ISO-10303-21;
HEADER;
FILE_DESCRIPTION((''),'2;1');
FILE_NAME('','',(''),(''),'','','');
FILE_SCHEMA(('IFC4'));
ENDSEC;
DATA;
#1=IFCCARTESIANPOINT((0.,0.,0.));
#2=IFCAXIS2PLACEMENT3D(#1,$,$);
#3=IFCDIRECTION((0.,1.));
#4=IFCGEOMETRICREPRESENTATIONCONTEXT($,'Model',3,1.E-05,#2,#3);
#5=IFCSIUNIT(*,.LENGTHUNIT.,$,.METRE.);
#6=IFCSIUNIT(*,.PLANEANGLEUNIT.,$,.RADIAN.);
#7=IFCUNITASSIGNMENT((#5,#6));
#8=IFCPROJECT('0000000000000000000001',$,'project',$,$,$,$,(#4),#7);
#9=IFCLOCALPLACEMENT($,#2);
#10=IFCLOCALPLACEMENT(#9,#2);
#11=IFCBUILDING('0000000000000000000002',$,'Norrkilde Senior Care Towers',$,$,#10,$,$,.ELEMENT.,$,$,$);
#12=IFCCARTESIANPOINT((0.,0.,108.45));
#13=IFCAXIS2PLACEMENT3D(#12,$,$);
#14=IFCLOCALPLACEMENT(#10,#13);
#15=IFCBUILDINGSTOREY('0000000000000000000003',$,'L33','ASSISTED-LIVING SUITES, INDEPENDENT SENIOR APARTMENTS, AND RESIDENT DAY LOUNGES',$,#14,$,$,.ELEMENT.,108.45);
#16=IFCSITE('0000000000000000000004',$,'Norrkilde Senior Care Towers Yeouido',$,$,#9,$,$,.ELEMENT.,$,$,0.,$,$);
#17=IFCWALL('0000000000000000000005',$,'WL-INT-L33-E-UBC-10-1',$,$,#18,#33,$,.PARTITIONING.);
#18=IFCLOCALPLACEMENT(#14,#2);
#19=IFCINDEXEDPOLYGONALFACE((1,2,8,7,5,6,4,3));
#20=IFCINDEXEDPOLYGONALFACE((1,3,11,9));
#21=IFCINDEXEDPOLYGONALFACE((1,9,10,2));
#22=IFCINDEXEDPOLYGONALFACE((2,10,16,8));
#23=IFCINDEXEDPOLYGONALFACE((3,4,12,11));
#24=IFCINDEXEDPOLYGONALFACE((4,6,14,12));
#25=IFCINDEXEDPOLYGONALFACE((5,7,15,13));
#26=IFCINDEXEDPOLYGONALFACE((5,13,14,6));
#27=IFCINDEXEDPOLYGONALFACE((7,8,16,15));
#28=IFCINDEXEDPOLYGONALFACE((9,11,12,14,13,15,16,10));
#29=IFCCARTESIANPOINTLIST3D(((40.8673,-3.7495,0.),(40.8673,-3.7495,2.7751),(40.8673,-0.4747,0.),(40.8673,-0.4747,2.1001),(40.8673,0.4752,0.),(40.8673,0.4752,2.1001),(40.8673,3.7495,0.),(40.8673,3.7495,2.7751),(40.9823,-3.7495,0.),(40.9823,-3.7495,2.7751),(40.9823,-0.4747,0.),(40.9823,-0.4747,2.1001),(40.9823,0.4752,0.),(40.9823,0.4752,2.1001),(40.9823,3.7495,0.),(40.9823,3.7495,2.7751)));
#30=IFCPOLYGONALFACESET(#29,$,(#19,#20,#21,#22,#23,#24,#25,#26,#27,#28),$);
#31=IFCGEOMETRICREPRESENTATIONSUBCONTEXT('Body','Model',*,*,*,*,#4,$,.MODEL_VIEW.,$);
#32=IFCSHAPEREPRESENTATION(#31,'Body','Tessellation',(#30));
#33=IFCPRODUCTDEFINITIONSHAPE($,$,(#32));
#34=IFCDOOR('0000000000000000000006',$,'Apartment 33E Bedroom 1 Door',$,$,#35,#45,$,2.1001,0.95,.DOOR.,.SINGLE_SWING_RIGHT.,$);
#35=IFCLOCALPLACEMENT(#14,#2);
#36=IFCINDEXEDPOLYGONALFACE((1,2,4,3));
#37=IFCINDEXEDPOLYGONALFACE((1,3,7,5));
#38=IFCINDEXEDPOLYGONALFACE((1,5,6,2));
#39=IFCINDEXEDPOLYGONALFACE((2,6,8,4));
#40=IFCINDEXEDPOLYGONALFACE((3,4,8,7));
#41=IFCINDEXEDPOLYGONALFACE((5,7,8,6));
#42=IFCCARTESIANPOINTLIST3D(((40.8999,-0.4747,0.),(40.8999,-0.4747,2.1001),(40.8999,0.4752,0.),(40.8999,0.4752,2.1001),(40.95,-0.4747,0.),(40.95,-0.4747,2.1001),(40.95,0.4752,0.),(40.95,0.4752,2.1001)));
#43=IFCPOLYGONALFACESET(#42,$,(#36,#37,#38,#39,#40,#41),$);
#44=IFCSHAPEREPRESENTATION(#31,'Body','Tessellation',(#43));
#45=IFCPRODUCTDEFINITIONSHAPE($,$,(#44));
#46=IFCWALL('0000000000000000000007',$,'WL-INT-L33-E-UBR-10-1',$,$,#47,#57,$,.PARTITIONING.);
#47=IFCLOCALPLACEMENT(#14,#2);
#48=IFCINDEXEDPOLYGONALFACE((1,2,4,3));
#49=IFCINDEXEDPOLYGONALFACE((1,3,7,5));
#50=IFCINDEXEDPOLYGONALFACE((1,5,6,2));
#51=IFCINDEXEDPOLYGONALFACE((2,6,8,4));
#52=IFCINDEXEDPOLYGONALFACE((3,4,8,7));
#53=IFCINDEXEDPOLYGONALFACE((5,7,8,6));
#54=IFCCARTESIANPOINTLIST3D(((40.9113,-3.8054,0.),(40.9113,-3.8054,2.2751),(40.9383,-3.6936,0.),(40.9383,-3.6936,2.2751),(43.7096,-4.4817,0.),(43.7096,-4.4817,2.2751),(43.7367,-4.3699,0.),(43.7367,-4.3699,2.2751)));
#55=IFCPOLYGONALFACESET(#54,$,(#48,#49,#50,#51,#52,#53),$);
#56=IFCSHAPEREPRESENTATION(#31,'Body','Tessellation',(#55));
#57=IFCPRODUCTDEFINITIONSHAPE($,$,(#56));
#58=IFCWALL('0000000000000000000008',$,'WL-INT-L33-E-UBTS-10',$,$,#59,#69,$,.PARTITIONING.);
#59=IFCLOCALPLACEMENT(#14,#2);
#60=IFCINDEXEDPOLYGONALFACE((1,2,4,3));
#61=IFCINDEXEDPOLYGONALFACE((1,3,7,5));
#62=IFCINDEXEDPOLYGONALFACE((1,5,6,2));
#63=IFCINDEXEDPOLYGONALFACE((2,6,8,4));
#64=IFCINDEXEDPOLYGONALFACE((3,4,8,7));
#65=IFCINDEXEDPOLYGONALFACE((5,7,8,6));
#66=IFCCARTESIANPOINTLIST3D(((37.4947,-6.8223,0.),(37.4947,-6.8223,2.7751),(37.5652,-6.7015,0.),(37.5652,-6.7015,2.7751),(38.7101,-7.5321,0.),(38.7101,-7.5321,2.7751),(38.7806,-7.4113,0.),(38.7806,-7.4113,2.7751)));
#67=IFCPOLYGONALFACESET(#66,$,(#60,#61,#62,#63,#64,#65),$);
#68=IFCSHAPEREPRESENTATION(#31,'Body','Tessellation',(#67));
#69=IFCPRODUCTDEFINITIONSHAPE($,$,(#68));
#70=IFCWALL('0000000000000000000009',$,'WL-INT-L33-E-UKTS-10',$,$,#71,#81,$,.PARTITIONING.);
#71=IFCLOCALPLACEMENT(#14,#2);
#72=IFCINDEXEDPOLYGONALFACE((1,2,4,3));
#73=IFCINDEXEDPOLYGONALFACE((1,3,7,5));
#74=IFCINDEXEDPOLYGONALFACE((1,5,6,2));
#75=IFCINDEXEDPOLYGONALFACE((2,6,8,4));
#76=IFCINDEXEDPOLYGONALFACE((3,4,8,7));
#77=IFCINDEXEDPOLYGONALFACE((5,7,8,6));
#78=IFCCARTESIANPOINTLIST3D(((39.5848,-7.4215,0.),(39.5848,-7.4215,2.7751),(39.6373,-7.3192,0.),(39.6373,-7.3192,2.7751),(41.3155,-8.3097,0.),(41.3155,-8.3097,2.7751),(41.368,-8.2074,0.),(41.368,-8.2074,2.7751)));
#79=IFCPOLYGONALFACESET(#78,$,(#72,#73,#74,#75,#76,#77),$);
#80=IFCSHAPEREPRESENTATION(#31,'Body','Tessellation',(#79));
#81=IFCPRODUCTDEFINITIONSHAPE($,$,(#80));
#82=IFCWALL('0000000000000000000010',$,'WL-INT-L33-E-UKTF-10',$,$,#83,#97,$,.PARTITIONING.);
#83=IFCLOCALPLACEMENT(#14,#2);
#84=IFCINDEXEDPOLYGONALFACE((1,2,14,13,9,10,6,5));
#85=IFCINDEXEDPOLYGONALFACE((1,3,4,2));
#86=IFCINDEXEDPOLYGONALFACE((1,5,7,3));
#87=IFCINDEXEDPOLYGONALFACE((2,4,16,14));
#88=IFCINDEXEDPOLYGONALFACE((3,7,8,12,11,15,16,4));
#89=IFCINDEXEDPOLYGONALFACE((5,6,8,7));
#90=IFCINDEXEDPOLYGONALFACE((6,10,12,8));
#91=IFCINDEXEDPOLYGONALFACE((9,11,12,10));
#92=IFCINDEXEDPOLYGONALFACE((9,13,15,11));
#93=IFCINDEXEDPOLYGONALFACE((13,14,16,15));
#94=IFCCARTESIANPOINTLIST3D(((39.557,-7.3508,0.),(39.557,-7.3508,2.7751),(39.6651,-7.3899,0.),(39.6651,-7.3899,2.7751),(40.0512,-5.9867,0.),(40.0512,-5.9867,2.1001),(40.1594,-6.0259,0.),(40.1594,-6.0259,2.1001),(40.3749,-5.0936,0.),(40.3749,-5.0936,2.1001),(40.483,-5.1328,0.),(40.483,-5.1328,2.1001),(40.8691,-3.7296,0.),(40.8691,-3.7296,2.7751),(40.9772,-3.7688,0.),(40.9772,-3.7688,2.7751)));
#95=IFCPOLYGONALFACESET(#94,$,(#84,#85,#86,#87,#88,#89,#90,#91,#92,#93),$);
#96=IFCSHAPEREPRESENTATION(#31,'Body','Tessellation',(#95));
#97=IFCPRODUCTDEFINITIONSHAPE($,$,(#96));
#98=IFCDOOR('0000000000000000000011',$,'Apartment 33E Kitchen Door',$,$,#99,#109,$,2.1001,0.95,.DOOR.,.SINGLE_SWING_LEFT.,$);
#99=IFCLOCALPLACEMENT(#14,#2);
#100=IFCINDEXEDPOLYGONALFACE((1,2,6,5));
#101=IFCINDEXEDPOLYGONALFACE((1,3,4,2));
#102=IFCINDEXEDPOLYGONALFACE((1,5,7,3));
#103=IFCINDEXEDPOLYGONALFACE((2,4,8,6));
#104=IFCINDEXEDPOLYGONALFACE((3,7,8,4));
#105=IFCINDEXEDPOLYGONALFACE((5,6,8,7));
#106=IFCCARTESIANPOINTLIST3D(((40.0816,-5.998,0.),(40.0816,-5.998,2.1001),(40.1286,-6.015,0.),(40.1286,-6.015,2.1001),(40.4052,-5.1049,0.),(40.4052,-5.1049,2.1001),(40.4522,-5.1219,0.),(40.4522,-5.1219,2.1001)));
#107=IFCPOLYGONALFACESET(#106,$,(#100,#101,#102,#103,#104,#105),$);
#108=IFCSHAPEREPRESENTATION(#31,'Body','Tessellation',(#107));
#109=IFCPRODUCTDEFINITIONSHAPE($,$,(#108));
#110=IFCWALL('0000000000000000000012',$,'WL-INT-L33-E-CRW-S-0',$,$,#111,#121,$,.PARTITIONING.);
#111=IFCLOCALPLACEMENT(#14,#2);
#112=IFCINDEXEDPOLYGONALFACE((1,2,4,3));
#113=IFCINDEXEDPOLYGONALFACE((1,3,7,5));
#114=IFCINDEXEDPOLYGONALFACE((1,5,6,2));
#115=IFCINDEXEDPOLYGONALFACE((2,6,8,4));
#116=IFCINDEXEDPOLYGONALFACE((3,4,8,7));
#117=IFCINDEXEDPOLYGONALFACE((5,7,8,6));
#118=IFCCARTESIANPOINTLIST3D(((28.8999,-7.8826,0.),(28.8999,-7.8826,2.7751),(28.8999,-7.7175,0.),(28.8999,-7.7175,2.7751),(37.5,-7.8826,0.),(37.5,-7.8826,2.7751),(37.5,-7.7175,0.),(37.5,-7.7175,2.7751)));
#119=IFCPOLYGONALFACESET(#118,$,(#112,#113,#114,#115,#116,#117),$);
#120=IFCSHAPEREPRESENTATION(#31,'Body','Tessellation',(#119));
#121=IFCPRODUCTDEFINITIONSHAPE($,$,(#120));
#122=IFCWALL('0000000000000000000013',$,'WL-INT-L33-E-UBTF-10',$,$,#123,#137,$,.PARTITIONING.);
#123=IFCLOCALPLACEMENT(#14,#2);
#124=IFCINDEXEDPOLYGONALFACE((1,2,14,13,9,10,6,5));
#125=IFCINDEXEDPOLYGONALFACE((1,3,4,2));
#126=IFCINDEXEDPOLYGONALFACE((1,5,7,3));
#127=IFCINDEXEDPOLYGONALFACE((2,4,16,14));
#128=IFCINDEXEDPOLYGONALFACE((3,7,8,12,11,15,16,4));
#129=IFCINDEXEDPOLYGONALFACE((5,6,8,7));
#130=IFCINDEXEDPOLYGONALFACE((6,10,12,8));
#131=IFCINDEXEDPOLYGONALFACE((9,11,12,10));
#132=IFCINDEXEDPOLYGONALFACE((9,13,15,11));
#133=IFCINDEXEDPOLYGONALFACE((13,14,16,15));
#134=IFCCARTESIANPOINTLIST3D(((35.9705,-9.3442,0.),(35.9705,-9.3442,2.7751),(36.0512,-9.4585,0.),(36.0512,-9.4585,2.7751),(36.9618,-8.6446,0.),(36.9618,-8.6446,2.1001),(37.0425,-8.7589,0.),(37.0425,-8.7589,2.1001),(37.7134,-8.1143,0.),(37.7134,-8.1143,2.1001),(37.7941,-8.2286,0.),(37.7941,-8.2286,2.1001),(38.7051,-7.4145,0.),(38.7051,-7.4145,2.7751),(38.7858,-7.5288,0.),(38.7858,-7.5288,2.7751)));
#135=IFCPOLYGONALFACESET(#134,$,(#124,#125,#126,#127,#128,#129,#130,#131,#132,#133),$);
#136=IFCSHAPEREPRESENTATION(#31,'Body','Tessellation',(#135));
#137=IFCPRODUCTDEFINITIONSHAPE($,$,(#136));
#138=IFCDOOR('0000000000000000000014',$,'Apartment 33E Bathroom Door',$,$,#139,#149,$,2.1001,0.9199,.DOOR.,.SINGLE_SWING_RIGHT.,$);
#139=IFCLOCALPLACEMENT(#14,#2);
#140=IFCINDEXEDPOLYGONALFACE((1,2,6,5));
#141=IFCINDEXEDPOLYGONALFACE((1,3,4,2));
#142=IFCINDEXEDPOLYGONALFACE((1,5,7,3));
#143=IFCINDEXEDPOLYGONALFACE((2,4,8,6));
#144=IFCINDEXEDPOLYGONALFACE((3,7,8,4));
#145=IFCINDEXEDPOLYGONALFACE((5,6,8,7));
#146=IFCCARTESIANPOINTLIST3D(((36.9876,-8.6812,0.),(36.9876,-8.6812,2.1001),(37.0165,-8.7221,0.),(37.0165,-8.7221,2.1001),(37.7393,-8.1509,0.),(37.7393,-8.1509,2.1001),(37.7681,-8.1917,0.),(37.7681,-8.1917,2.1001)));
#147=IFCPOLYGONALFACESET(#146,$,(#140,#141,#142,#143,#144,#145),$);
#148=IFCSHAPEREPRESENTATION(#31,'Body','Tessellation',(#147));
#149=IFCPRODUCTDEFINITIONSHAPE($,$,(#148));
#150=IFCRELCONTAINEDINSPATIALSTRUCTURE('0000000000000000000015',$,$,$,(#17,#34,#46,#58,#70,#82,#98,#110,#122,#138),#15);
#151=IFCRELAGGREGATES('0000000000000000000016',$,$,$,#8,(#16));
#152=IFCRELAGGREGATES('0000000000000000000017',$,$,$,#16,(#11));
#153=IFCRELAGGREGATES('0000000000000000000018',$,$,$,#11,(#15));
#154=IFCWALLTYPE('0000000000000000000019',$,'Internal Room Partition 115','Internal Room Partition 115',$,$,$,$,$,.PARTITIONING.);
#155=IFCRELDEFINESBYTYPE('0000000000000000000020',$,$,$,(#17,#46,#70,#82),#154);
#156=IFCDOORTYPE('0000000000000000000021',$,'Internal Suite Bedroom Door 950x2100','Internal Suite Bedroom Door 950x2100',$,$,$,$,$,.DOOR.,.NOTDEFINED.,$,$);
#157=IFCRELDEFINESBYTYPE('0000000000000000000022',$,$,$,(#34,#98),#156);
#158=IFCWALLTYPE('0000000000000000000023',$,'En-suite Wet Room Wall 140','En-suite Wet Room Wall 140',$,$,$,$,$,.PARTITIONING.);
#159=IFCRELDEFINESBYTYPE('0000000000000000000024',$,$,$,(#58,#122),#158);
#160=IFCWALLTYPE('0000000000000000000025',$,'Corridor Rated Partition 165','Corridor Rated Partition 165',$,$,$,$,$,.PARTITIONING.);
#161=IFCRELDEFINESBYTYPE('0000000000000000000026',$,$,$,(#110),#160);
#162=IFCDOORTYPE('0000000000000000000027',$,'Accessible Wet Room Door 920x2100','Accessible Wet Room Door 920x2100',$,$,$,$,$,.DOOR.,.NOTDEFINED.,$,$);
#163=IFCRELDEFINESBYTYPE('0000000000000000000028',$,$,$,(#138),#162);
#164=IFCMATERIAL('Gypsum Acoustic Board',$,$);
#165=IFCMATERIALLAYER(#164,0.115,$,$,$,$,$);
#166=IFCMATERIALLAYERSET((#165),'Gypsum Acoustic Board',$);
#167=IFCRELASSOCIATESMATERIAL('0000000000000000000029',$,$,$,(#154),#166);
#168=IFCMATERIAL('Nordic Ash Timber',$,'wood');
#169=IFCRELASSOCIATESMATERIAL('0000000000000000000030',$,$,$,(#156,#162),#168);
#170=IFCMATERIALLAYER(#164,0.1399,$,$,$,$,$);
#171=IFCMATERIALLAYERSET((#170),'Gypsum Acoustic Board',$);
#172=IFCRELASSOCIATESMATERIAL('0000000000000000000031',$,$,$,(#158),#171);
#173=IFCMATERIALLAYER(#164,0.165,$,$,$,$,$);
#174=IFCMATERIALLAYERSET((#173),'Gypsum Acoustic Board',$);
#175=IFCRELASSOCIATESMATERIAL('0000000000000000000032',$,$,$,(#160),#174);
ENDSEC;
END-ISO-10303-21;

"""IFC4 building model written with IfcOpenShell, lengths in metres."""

from ifc_helpers import new_model, si_unit, direction, frame, frame_2d, origin, place, context, subcontext, project, spatial, rectangle, extrude, source, transform, mapped, material, layer, layer_set, type_object, type_shapes, element, fill, save


model = new_model("IFC4")

# Units and contexts
model_context = context("Model", 3, precision=1e-05, world=origin(), true_north=direction((0.0, 1.0)))
body_context = subcontext(model_context, "Body", "Model", "MODEL_VIEW")
ifc_project = project(units=[si_unit("LENGTHUNIT", "METRE"), si_unit("PLANEANGLEUNIT", "RADIAN")], contexts=[model_context])

# Site, building, storey
site_placement = place(None, origin())
site = spatial("IfcSite", under=ifc_project, at=site_placement, Name="Norrkilde Senior Care Towers Yeouido", CompositionType="ELEMENT", RefElevation=0.0)
building_placement = place(site_placement, origin())
building = spatial("IfcBuilding", under=site, at=building_placement, Name="Norrkilde Senior Care Towers", CompositionType="ELEMENT")
storey_placement = place(building_placement, frame((0.0, 0.0, 108.45)))
storey = spatial("IfcBuildingStorey", under=building, at=storey_placement, Name="L33", Description="ASSISTED-LIVING SUITES, INDEPENDENT SENIOR APARTMENTS, AND RESIDENT DAY LOUNGES", CompositionType="ELEMENT", Elevation=108.45)

# Wall, opening, door
ifc_material_1 = material(Name="Gypsum Acoustic Board")
ifc_layer_1 = layer(ifc_material_1, 0.115)
ifc_layer_set_1 = layer_set([ifc_layer_1], Name="Gypsum Acoustic Board")
wall_type_1 = type_object("IfcWallType", Name="Internal Room Partition 115", Description="Internal Room Partition 115", PredefinedType="PARTITIONING", material=ifc_layer_set_1)
shared_shape_1 = source(origin(), body_context, "Body", "SweptSolid", [
    extrude(rectangle(XDim=7.499, YDim=0.115, at=frame_2d((3.7495, 0.0))), origin(), (0.0, 0.0, 1.0), 2.7751),
])
wall_1_placement = place(storey_placement, frame((40.9248, -3.7495, 0.0), z_axis=(0.0, 0.0, 1.0), x_axis=(0.0, 1.0, 0.0)))
wall_1 = element("IfcWall", 1, at=wall_1_placement, inside=storey, type_object=wall_type_1, Name="WL-INT-L33-E-UBC-10-1", PredefinedType="PARTITIONING", context=body_context, shape_type="MappedRepresentation", body=[
    mapped(shared_shape_1, transform((0.0, 0.0, 0.0), x_axis=(1.0, 0.0, 0.0), y_axis=(0.0, 1.0, 0.0), z_axis=(0.0, 0.0, 1.0), scale=1.0)),
])
opening_1_placement = place(wall_1_placement, frame((3.2747, 0.0, 0.0)))
opening_1 = element("IfcOpeningElement", 2, at=opening_1_placement, cuts=wall_1, PredefinedType="OPENING", context=body_context, shape_type="SweptSolid", body=[
    extrude(rectangle(XDim=0.95, YDim=2.1001, at=frame_2d((0.4751, 1.05))), frame((0.0, 0.0674, 0.0), z_axis=(0.0, -1.0, 0.0), x_axis=(1.0, 0.0, 0.0)), (0.0, 0.0, 1.0), 0.135),
])
ifc_material_2 = material(Name="Nordic Ash Timber", Category="wood")
door_type_1 = type_object("IfcDoorType", Name="Internal Suite Bedroom Door 950x2100", Description="Internal Suite Bedroom Door 950x2100", OperationType="NOTDEFINED", PredefinedType="DOOR", material=ifc_material_2)
shared_shape_2 = source(origin(), body_context, "Body", "SweptSolid", [
    extrude(rectangle(XDim=0.95, YDim=2.1001, at=frame_2d((0.4751, 1.05))), frame((0.0, 0.0249, 0.0), z_axis=(0.0, -1.0, 0.0), x_axis=(1.0, 0.0, 0.0)), (0.0, 0.0, 1.0), 0.05),
])
type_shapes(door_type_1, [shared_shape_2])
door_1_placement = place(opening_1_placement, origin())
door_1 = element("IfcDoor", 3, at=door_1_placement, inside=storey, type_object=door_type_1, Name="Apartment 33E Bedroom 1 Door", OperationType="SINGLE_SWING_RIGHT", OverallHeight=2.1001, OverallWidth=0.95, PredefinedType="DOOR", context=body_context, shape_type="MappedRepresentation", body=[
    mapped(shared_shape_2, transform((0.0, 0.0, 0.0), x_axis=(1.0, 0.0, 0.0), y_axis=(0.0, 1.0, 0.0), z_axis=(0.0, 0.0, 1.0), scale=1.0)),
])
fill(opening_1, door_1)

# Walls
shared_shape_3 = source(origin(), body_context, "Body", "SweptSolid", [
    extrude(rectangle(XDim=2.8789, YDim=0.115, at=frame_2d((1.4395, 0.0))), origin(), (0.0, 0.0, 1.0), 2.2751),
])
wall_2_placement = place(storey_placement, frame((40.9248, -3.7495, 0.0), z_axis=(0.0, 0.0, 1.0), x_axis=(0.972018, -0.234906, 0.0)))
element("IfcWall", 4, at=wall_2_placement, inside=storey, type_object=wall_type_1, Name="WL-INT-L33-E-UBR-10-1", PredefinedType="PARTITIONING", context=body_context, shape_type="MappedRepresentation", body=[
    mapped(shared_shape_3, transform((0.0, 0.0, 0.0), x_axis=(1.0, 0.0, 0.0), y_axis=(0.0, 1.0, 0.0), z_axis=(0.0, 0.0, 1.0), scale=1.0)),
])
ifc_layer_2 = layer(ifc_material_1, 0.1399)
ifc_layer_set_2 = layer_set([ifc_layer_2], Name="Gypsum Acoustic Board")
wall_type_2 = type_object("IfcWallType", Name="En-suite Wet Room Wall 140", Description="En-suite Wet Room Wall 140", PredefinedType="PARTITIONING", material=ifc_layer_set_2)
shared_shape_4 = source(origin(), body_context, "Body", "SweptSolid", [
    extrude(rectangle(XDim=1.4075, YDim=0.1399, at=frame_2d((0.7036, 0.0))), origin(), (0.0, 0.0, 1.0), 2.7751),
])
wall_3_placement = place(storey_placement, frame((37.53, -6.762, 0.0), z_axis=(0.0, 0.0, 1.0), x_axis=(0.86354, -0.504281, 0.0)))
element("IfcWall", 5, at=wall_3_placement, inside=storey, type_object=wall_type_2, Name="WL-INT-L33-E-UBTS-10", PredefinedType="PARTITIONING", context=body_context, shape_type="MappedRepresentation", body=[
    mapped(shared_shape_4, transform((0.0, 0.0, 0.0), x_axis=(1.0, 0.0, 0.0), y_axis=(0.0, 1.0, 0.0), z_axis=(0.0, 0.0, 1.0), scale=1.0)),
])
shared_shape_5 = source(origin(), body_context, "Body", "SweptSolid", [
    extrude(rectangle(XDim=1.9453, YDim=0.115, at=frame_2d((0.9727, 0.0))), origin(), (0.0, 0.0, 1.0), 2.7751),
])
wall_4_placement = place(storey_placement, frame((39.6111, -7.3704, 0.0), z_axis=(0.0, 0.0, 1.0), x_axis=(0.889684, -0.456577, 0.0)))
element("IfcWall", 6, at=wall_4_placement, inside=storey, type_object=wall_type_1, Name="WL-INT-L33-E-UKTS-10", PredefinedType="PARTITIONING", context=body_context, shape_type="MappedRepresentation", body=[
    mapped(shared_shape_5, transform((0.0, 0.0, 0.0), x_axis=(1.0, 0.0, 0.0), y_axis=(0.0, 1.0, 0.0), z_axis=(0.0, 0.0, 1.0), scale=1.0)),
])

# Wall, opening, door
shared_shape_6 = source(origin(), body_context, "Body", "SweptSolid", [
    extrude(rectangle(XDim=3.8516, YDim=0.115, at=frame_2d((1.9258, 0.0))), origin(), (0.0, 0.0, 1.0), 2.7751),
])
type_shapes(wall_type_1, [shared_shape_1, shared_shape_3, shared_shape_5, shared_shape_6])
wall_5_placement = place(storey_placement, frame((39.6111, -7.3704, 0.0), z_axis=(0.0, 0.0, 1.0), x_axis=(0.340654, 0.940189, 0.0)))
wall_5 = element("IfcWall", 7, at=wall_5_placement, inside=storey, type_object=wall_type_1, Name="WL-INT-L33-E-UKTF-10", PredefinedType="PARTITIONING", context=body_context, shape_type="MappedRepresentation", body=[
    mapped(shared_shape_6, transform((0.0, 0.0, 0.0), x_axis=(1.0, 0.0, 0.0), y_axis=(0.0, 1.0, 0.0), z_axis=(0.0, 0.0, 1.0), scale=1.0)),
])
opening_2_placement = place(wall_5_placement, frame((1.4507, 0.0, 0.0)))
opening_2 = element("IfcOpeningElement", 8, at=opening_2_placement, cuts=wall_5, PredefinedType="OPENING", context=body_context, shape_type="SweptSolid", body=[
    extrude(rectangle(XDim=0.95, YDim=2.1001, at=frame_2d((0.4751, 1.05))), frame((0.0, 0.0674, 0.0), z_axis=(0.0, -1.0, 0.0), x_axis=(1.0, 0.0, 0.0)), (0.0, 0.0, 1.0), 0.135),
])
door_2_placement = place(opening_2_placement, frame((0.95, 0.0, 0.0), z_axis=(0.0, 0.0, 1.0), x_axis=(-1.0, 0.0, 0.0)))
door_2 = element("IfcDoor", 9, at=door_2_placement, inside=storey, type_object=door_type_1, Name="Apartment 33E Kitchen Door", OperationType="SINGLE_SWING_LEFT", OverallHeight=2.1001, OverallWidth=0.95, PredefinedType="DOOR", context=body_context, shape_type="MappedRepresentation", body=[
    mapped(shared_shape_2, transform((0.0, 0.0, 0.0), x_axis=(1.0, 0.0, 0.0), y_axis=(0.0, 1.0, 0.0), z_axis=(0.0, 0.0, 1.0), scale=1.0)),
])
fill(opening_2, door_2)

# Wall
ifc_layer_3 = layer(ifc_material_1, 0.165)
ifc_layer_set_3 = layer_set([ifc_layer_3], Name="Gypsum Acoustic Board")
wall_type_3 = type_object("IfcWallType", Name="Corridor Rated Partition 165", Description="Corridor Rated Partition 165", PredefinedType="PARTITIONING", material=ifc_layer_set_3)
shared_shape_7 = source(origin(), body_context, "Body", "SweptSolid", [
    extrude(rectangle(XDim=8.6001, YDim=0.165, at=frame_2d((4.3, 0.0))), origin(), (0.0, 0.0, 1.0), 2.7751),
])
type_shapes(wall_type_3, [shared_shape_7])
wall_6_placement = place(storey_placement, frame((37.5, -7.8, 0.0), z_axis=(0.0, 0.0, 1.0), x_axis=(-1.0, 0.0, 0.0)))
element("IfcWall", 10, at=wall_6_placement, inside=storey, type_object=wall_type_3, Name="WL-INT-L33-E-CRW-S-0", PredefinedType="PARTITIONING", context=body_context, shape_type="MappedRepresentation", body=[
    mapped(shared_shape_7, transform((0.0, 0.0, 0.0), x_axis=(1.0, 0.0, 0.0), y_axis=(0.0, 1.0, 0.0), z_axis=(0.0, 0.0, 1.0), scale=1.0)),
])

# Wall, opening, door
shared_shape_8 = source(origin(), body_context, "Body", "SweptSolid", [
    extrude(rectangle(XDim=3.3469, YDim=0.1399, at=frame_2d((1.6733, 0.0))), origin(), (0.0, 0.0, 1.0), 2.7751),
])
type_shapes(wall_type_2, [shared_shape_4, shared_shape_8])
wall_7_placement = place(storey_placement, frame((38.7454, -7.4717, 0.0), z_axis=(0.0, 0.0, 1.0), x_axis=(-0.817057, -0.576557, 0.0)))
wall_7 = element("IfcWall", 11, at=wall_7_placement, inside=storey, type_object=wall_type_2, Name="WL-INT-L33-E-UBTF-10", PredefinedType="PARTITIONING", context=body_context, shape_type="MappedRepresentation", body=[
    mapped(shared_shape_8, transform((0.0, 0.0, 0.0), x_axis=(1.0, 0.0, 0.0), y_axis=(0.0, 1.0, 0.0), z_axis=(0.0, 0.0, 1.0), scale=1.0)),
])
opening_3_placement = place(wall_7_placement, frame((1.2136, 0.0, 0.0)))
opening_3 = element("IfcOpeningElement", 12, at=opening_3_placement, cuts=wall_7, PredefinedType="OPENING", context=body_context, shape_type="SweptSolid", body=[
    extrude(rectangle(XDim=0.9199, YDim=2.1001, at=frame_2d((0.46, 1.05))), frame((0.0, 0.0798, 0.0), z_axis=(0.0, -1.0, 0.0), x_axis=(1.0, 0.0, 0.0)), (0.0, 0.0, 1.0), 0.1599),
])
door_type_2 = type_object("IfcDoorType", Name="Accessible Wet Room Door 920x2100", Description="Accessible Wet Room Door 920x2100", OperationType="NOTDEFINED", PredefinedType="DOOR", material=ifc_material_2)
shared_shape_9 = source(origin(), body_context, "Body", "SweptSolid", [
    extrude(rectangle(XDim=0.9199, YDim=2.1001, at=frame_2d((0.46, 1.05))), frame((0.0, 0.0249, 0.0), z_axis=(0.0, -1.0, 0.0), x_axis=(1.0, 0.0, 0.0)), (0.0, 0.0, 1.0), 0.05),
])
type_shapes(door_type_2, [shared_shape_9])
door_3_placement = place(opening_3_placement, origin())
door_3 = element("IfcDoor", 13, at=door_3_placement, inside=storey, type_object=door_type_2, Name="Apartment 33E Bathroom Door", OperationType="SINGLE_SWING_RIGHT", OverallHeight=2.1001, OverallWidth=0.9199, PredefinedType="DOOR", context=body_context, shape_type="MappedRepresentation", body=[
    mapped(shared_shape_9, transform((0.0, 0.0, 0.0), x_axis=(1.0, 0.0, 0.0), y_axis=(0.0, 1.0, 0.0), z_axis=(0.0, 0.0, 1.0), scale=1.0)),
])
fill(opening_3, door_3)

save(model, "model.ifc")
